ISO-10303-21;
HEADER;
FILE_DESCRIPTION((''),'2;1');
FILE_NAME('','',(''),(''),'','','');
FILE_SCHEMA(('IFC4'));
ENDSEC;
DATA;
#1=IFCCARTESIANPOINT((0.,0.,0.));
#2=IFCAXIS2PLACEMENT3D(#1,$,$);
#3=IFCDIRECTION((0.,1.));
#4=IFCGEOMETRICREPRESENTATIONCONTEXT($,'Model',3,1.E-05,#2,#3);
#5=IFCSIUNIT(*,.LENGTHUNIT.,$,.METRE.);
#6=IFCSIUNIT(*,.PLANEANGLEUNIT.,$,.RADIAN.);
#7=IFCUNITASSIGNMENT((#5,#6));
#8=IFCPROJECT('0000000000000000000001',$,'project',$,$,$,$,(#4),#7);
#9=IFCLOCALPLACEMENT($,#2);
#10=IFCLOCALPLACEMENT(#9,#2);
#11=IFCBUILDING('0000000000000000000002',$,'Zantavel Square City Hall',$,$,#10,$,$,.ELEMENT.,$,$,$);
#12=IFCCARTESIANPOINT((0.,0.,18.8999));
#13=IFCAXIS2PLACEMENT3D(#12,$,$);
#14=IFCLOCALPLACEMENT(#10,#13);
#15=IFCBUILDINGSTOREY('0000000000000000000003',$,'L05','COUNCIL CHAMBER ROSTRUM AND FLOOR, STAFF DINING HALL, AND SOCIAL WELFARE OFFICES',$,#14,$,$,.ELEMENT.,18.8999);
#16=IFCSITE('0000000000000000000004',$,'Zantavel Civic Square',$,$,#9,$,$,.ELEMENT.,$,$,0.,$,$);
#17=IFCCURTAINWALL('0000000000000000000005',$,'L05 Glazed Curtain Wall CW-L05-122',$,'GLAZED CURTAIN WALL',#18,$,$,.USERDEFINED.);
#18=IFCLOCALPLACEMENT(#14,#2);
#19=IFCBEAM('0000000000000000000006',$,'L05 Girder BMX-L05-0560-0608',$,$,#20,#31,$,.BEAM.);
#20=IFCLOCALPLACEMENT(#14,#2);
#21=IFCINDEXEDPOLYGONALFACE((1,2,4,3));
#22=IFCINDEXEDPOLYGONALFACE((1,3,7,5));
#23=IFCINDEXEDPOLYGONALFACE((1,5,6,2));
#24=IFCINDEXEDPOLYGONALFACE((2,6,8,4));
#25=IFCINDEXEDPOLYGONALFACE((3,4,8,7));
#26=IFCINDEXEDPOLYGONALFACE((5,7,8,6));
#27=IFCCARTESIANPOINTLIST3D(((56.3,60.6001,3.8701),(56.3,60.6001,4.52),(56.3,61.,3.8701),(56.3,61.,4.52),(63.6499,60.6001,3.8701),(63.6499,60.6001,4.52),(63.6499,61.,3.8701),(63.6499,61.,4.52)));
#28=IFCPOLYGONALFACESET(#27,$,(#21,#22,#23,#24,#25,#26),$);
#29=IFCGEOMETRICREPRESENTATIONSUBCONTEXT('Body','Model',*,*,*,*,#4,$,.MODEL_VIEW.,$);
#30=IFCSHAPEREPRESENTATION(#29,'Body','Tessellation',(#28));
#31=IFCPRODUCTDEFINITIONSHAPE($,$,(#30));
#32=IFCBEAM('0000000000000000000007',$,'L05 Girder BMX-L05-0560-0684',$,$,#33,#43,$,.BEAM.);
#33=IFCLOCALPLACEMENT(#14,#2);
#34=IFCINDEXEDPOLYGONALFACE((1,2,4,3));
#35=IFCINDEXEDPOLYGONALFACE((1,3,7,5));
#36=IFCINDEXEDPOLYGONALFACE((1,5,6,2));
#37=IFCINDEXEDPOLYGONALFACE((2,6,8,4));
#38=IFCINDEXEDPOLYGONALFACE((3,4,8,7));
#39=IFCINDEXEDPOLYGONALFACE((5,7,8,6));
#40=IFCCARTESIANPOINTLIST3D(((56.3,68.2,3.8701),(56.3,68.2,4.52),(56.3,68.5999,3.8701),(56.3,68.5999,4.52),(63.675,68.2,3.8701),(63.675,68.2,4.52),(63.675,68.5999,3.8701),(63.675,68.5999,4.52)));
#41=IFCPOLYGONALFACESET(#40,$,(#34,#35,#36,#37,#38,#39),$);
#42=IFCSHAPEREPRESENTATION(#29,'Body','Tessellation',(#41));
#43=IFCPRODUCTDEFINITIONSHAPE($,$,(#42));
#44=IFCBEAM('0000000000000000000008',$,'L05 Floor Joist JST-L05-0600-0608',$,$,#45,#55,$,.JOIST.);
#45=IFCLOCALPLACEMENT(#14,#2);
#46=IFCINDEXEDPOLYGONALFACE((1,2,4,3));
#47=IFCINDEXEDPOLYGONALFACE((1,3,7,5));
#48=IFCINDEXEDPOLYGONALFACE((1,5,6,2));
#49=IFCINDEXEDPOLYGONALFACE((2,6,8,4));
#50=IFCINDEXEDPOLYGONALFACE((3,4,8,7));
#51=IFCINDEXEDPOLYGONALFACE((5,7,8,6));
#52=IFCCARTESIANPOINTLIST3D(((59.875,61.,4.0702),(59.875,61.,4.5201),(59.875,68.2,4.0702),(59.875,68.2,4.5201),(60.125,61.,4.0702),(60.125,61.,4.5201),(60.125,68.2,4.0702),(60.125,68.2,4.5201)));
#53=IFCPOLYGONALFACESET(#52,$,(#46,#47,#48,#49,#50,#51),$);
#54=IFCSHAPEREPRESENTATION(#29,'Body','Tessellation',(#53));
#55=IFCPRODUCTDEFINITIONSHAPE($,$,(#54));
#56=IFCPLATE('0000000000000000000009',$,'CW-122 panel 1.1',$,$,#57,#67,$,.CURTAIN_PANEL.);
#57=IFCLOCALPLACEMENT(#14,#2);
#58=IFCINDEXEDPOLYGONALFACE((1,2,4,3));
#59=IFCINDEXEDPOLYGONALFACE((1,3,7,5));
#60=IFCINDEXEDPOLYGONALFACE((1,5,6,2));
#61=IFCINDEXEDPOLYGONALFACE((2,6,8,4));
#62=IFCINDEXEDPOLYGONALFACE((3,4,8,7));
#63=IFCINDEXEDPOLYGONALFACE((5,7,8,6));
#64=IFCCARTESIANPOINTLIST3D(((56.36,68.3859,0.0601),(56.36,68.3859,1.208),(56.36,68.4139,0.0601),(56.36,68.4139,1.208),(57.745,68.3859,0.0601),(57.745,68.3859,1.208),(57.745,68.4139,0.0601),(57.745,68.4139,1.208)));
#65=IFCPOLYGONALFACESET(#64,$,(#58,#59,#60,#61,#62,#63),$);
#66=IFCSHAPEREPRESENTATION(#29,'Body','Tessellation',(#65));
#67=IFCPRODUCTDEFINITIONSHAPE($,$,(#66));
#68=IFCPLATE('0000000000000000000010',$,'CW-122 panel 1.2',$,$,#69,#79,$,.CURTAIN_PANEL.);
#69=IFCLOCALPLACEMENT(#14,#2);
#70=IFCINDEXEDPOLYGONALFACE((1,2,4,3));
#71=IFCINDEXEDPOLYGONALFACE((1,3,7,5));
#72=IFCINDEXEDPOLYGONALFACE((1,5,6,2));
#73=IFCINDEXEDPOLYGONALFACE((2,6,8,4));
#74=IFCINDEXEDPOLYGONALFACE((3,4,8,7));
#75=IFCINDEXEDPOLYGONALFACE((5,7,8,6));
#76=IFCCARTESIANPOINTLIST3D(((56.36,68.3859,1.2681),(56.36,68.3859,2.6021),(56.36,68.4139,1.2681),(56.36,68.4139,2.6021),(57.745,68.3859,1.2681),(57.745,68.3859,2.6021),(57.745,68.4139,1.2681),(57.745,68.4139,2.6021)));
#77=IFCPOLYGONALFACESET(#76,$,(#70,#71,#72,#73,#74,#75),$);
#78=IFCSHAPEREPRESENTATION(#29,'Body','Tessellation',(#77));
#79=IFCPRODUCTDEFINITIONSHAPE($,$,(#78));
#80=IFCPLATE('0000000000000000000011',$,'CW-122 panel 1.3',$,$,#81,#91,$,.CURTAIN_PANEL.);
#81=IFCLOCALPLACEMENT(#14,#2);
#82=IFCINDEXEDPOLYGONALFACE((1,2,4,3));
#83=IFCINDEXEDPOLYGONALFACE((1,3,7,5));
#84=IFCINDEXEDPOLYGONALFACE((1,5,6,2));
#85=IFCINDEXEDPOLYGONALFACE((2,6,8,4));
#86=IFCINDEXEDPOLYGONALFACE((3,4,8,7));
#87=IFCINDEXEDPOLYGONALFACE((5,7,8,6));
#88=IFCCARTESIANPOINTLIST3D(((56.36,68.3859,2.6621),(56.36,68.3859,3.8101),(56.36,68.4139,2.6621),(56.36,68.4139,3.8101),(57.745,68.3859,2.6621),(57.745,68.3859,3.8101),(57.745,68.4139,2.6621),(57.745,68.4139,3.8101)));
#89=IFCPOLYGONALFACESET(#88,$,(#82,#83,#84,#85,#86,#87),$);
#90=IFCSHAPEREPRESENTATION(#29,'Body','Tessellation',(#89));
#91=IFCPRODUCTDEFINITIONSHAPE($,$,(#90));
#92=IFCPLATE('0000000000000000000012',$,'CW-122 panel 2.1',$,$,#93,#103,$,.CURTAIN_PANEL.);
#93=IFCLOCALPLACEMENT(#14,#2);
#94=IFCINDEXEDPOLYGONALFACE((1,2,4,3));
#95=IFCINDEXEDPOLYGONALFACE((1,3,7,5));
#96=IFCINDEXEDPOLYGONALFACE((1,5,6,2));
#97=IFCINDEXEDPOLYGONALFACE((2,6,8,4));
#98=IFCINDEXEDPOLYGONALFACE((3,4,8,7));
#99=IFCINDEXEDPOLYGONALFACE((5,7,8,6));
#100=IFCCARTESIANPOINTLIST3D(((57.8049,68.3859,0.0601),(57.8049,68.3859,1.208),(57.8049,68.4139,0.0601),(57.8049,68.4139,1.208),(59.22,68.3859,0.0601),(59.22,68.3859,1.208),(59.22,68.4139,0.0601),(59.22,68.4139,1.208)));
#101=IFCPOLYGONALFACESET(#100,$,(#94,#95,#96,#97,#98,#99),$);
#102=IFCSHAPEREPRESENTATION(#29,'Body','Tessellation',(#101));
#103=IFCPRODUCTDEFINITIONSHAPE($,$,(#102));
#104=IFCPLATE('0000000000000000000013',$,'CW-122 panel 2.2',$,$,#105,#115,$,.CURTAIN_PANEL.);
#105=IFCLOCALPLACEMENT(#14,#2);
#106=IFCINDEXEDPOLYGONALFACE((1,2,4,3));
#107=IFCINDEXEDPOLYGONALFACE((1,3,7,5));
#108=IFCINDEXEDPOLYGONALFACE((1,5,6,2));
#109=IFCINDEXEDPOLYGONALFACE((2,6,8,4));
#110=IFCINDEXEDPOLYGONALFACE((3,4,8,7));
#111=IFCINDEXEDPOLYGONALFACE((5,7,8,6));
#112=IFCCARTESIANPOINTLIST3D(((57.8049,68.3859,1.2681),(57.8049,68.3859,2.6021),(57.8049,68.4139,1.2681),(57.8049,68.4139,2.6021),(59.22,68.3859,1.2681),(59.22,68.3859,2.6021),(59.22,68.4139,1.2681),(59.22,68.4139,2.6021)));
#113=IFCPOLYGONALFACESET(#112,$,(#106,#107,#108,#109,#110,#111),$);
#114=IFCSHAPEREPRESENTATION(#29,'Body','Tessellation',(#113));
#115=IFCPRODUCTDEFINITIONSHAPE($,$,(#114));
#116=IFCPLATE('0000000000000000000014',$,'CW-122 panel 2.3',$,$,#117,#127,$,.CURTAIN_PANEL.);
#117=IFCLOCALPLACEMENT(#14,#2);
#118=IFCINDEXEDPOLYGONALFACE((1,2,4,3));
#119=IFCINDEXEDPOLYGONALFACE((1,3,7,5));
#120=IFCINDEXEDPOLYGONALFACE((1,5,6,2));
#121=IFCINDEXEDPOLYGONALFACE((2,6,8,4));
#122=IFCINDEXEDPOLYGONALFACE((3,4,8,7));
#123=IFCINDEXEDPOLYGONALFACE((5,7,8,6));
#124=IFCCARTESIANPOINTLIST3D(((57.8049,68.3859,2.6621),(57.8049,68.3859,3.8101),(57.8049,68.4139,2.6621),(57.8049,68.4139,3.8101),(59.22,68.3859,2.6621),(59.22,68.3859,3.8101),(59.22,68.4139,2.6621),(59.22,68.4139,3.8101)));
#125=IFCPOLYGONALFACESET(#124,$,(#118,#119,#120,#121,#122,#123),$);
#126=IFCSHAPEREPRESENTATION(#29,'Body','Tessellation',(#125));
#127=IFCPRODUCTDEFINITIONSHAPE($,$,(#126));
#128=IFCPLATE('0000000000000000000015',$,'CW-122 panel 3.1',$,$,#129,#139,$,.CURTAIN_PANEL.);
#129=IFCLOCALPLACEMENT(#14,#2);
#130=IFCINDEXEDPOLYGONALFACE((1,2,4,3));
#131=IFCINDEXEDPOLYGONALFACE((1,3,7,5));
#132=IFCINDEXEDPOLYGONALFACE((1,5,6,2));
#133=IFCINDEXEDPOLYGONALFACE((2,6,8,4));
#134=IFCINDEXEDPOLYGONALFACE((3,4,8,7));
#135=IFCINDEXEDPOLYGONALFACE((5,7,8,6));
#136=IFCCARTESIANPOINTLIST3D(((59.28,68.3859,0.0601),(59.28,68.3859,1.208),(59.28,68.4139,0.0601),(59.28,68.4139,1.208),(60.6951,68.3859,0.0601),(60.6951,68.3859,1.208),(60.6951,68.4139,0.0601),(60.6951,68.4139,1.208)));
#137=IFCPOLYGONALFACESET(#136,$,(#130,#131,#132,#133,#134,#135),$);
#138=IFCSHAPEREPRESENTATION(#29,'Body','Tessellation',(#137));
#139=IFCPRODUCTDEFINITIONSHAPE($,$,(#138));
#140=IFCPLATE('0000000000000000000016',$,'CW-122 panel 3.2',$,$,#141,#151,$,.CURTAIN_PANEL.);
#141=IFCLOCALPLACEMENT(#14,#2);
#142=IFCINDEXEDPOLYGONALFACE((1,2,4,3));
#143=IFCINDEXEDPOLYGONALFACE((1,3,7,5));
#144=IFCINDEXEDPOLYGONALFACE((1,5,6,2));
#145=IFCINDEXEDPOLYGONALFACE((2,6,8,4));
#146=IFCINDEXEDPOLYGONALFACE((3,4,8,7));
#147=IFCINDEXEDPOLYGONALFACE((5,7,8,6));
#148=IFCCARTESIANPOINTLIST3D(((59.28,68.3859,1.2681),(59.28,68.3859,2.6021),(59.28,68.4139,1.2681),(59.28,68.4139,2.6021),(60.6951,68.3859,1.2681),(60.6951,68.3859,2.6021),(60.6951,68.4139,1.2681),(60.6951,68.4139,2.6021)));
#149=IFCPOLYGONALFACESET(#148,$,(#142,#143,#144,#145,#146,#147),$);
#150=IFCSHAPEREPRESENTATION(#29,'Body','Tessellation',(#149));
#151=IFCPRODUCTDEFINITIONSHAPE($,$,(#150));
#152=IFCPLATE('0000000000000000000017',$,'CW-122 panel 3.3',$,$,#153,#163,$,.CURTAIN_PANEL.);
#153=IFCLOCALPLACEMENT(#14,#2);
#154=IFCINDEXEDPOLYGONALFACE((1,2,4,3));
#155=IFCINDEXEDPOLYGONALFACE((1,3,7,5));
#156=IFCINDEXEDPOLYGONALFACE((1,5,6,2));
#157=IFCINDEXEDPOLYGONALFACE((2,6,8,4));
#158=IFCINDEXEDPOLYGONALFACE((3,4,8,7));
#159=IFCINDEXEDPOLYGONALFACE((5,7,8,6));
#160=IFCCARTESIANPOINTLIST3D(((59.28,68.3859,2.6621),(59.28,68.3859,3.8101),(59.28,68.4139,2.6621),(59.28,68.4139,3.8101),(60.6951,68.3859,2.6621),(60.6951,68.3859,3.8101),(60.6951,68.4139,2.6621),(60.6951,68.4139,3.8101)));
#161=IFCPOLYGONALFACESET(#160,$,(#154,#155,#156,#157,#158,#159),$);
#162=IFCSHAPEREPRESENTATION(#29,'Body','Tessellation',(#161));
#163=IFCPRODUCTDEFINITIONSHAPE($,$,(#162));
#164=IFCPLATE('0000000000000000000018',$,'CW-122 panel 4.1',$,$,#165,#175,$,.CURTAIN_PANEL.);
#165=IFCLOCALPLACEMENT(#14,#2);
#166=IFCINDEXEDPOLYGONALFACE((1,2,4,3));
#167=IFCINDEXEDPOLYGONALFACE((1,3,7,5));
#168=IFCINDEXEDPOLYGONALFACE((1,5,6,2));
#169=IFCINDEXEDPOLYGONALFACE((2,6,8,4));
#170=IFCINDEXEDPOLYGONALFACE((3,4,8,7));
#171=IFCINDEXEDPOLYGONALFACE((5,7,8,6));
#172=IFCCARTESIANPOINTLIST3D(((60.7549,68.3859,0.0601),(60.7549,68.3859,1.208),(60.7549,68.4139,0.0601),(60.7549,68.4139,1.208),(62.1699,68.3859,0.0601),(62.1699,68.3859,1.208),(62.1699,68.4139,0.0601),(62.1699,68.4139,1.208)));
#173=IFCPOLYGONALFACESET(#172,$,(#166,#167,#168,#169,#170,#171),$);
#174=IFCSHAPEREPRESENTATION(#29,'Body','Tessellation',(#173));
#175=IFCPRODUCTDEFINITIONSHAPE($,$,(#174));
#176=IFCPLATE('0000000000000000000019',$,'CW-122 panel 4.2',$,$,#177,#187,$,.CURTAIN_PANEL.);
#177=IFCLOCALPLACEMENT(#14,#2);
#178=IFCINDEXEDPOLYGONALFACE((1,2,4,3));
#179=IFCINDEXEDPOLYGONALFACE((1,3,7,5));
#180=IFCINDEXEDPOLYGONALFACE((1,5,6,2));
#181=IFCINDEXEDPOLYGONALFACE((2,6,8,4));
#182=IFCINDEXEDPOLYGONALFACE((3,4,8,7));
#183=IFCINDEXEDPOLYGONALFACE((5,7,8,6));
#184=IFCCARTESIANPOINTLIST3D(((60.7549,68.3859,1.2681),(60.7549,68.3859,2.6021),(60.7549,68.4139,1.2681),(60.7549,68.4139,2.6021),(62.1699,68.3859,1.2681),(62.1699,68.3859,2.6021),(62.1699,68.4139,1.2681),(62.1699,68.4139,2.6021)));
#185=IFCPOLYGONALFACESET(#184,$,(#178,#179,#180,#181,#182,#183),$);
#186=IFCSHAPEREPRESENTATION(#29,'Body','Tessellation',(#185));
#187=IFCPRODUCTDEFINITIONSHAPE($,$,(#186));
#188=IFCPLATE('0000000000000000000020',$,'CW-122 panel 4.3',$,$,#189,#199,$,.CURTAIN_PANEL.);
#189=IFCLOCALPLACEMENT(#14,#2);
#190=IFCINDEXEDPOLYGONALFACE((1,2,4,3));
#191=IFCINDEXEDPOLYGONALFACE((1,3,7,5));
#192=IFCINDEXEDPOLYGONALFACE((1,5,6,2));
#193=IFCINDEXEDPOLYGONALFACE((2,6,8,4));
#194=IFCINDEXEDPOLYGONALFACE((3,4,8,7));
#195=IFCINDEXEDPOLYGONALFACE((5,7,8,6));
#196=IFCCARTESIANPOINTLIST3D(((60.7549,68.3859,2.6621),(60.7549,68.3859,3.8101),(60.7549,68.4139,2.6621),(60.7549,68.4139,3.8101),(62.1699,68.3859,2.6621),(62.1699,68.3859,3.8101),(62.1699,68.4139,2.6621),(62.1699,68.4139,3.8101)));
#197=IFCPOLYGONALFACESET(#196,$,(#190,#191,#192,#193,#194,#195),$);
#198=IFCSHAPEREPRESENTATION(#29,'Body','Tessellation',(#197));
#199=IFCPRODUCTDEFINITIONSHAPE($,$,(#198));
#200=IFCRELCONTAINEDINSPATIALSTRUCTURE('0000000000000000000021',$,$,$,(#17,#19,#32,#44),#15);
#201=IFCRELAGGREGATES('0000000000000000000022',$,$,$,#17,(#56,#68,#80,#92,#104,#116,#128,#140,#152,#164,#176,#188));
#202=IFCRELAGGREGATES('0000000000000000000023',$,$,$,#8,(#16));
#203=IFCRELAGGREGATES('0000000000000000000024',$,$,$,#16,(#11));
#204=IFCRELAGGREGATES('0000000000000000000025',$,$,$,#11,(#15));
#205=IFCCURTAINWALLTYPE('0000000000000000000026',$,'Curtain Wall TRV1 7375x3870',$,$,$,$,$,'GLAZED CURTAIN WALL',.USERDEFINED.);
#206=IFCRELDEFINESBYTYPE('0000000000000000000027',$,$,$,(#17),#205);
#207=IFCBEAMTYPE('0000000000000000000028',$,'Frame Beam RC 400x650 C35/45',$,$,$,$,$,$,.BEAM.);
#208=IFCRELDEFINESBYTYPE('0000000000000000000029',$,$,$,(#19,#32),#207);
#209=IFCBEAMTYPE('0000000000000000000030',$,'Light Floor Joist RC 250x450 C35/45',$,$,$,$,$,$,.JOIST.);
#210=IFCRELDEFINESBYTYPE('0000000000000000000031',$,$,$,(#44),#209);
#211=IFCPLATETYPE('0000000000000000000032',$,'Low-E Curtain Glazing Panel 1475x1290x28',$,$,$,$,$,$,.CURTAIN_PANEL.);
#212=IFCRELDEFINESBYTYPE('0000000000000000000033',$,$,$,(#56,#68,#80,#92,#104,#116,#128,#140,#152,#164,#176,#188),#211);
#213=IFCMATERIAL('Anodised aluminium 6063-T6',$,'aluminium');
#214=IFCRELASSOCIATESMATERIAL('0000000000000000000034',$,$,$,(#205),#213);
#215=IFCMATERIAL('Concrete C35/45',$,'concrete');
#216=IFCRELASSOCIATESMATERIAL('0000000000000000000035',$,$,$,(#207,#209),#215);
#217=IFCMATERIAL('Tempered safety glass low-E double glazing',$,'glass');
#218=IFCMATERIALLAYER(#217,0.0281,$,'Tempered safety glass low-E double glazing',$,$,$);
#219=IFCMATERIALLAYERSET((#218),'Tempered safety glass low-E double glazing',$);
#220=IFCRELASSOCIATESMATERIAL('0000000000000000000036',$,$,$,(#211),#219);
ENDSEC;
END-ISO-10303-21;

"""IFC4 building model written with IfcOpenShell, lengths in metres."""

from ifc_helpers import new_model, si_unit, direction, frame, origin, origin_2d, place, context, subcontext, project, spatial, rectangle, extrude, material, layer, layer_set, material_profile, profile_set, type_object, element, aggregate, save


model = new_model("IFC4")

# Units and contexts
model_context = context("Model", 3, precision=1e-05, world=origin(), true_north=direction((0.0, 1.0)))
body_context = subcontext(model_context, "Body", "Model", "MODEL_VIEW")
ifc_project = project(units=[si_unit("LENGTHUNIT", "METRE"), si_unit("PLANEANGLEUNIT", "RADIAN")], contexts=[model_context])

# Site, building, storey
site_placement = place(None, origin())
site = spatial("IfcSite", under=ifc_project, at=site_placement, Name="Zantavel Civic Square", CompositionType="ELEMENT", RefElevation=0.0)
building_placement = place(site_placement, origin())
building = spatial("IfcBuilding", under=site, at=building_placement, Name="Zantavel Square City Hall", CompositionType="ELEMENT")
storey_placement = place(building_placement, frame((0.0, 0.0, 18.8999)))
storey = spatial("IfcBuildingStorey", under=building, at=storey_placement, Name="L05", Description="COUNCIL CHAMBER ROSTRUM AND FLOOR, STAFF DINING HALL, AND SOCIAL WELFARE OFFICES", CompositionType="ELEMENT", Elevation=18.8999)

# Curtain wall
ifc_material_1 = material(Name="Anodised aluminium 6063-T6", Category="aluminium")
curtain_wall_type = type_object("IfcCurtainWallType", Name="Curtain Wall TRV1 7375x3870", ElementType="GLAZED CURTAIN WALL", PredefinedType="USERDEFINED", material=ifc_material_1)
curtain_wall_placement = place(storey_placement, origin())
curtain_wall = element("IfcCurtainWall", 1, at=curtain_wall_placement, inside=storey, type_object=curtain_wall_type, Name="L05 Glazed Curtain Wall CW-L05-122", ObjectType="GLAZED CURTAIN WALL", PredefinedType="USERDEFINED")

# Beams
ifc_material_2 = material(Name="Concrete C35/45", Category="concrete")
ifc_material_profile_1 = material_profile(ifc_material_2, rectangle(XDim=0.3999, YDim=0.6499, at=origin_2d()), Name="RC 400x650")
ifc_profile_set_1 = profile_set([ifc_material_profile_1], Name="Concrete C35/45")
beam_type_1 = type_object("IfcBeamType", Name="Frame Beam RC 400x650 C35/45", PredefinedType="BEAM", material=ifc_profile_set_1)
beam_1_placement = place(storey_placement, frame((56.3, 60.8, 4.1951), z_axis=(1.0, 0.0, 0.0), x_axis=(0.0, 1.0, 0.0)))
element("IfcBeam", 2, at=beam_1_placement, inside=storey, type_object=beam_type_1, Name="L05 Girder BMX-L05-0560-0608", PredefinedType="BEAM", context=body_context, shape_type="SweptSolid", body=[
    extrude(rectangle(XDim=0.3999, YDim=0.6499, at=origin_2d()), origin(), (0.0, 0.0, 1.0), 7.3499),
])
beam_2_placement = place(storey_placement, frame((56.3, 68.3999, 4.1951), z_axis=(1.0, 0.0, 0.0), x_axis=(0.0, 1.0, 0.0)))
element("IfcBeam", 3, at=beam_2_placement, inside=storey, type_object=beam_type_1, Name="L05 Girder BMX-L05-0560-0684", PredefinedType="BEAM", context=body_context, shape_type="SweptSolid", body=[
    extrude(rectangle(XDim=0.3999, YDim=0.6499, at=origin_2d()), origin(), (0.0, 0.0, 1.0), 7.375),
])
ifc_material_profile_2 = material_profile(ifc_material_2, rectangle(XDim=0.25, YDim=0.45, at=origin_2d()), Name="RC 250x450")
ifc_profile_set_2 = profile_set([ifc_material_profile_2], Name="Concrete C35/45")
beam_type_2 = type_object("IfcBeamType", Name="Light Floor Joist RC 250x450 C35/45", PredefinedType="JOIST", material=ifc_profile_set_2)
beam_3_placement = place(storey_placement, frame((60.0, 61.0, 4.2952), z_axis=(0.0, 1.0, 0.0), x_axis=(-1.0, 0.0, 0.0)))
element("IfcBeam", 4, at=beam_3_placement, inside=storey, type_object=beam_type_2, Name="L05 Floor Joist JST-L05-0600-0608", PredefinedType="JOIST", context=body_context, shape_type="SweptSolid", body=[
    extrude(rectangle(XDim=0.25, YDim=0.45, at=origin_2d()), origin(), (0.0, 0.0, 1.0), 7.2),
])

# Plates
ifc_material_3 = material(Name="Tempered safety glass low-E double glazing", Category="glass")
ifc_layer = layer(ifc_material_3, 0.0281, Name="Tempered safety glass low-E double glazing")
ifc_layer_set = layer_set([ifc_layer], Name="Tempered safety glass low-E double glazing")
plate_type = type_object("IfcPlateType", Name="Low-E Curtain Glazing Panel 1475x1290x28", PredefinedType="CURTAIN_PANEL", material=ifc_layer_set)
plate_1_placement = place(storey_placement, frame((57.0525, 68.3999, 0.0601), z_axis=(0.0, 0.0, 1.0), x_axis=(1.0, 0.0, 0.0)))
plate_1 = element("IfcPlate", 5, at=plate_1_placement, type_object=plate_type, Name="CW-122 panel 1.1", PredefinedType="CURTAIN_PANEL", context=body_context, shape_type="SweptSolid", body=[
    extrude(rectangle(XDim=1.385, YDim=0.0281, at=origin_2d()), origin(), (0.0, 0.0, 1.0), 1.1479),
])
plate_2_placement = place(storey_placement, frame((57.0525, 68.3999, 1.2681), z_axis=(0.0, 0.0, 1.0), x_axis=(1.0, 0.0, 0.0)))
plate_2 = element("IfcPlate", 6, at=plate_2_placement, type_object=plate_type, Name="CW-122 panel 1.2", PredefinedType="CURTAIN_PANEL", context=body_context, shape_type="SweptSolid", body=[
    extrude(rectangle(XDim=1.385, YDim=0.0281, at=origin_2d()), origin(), (0.0, 0.0, 1.0), 1.334),
])
plate_3_placement = place(storey_placement, frame((57.0525, 68.3999, 2.6621), z_axis=(0.0, 0.0, 1.0), x_axis=(1.0, 0.0, 0.0)))
plate_3 = element("IfcPlate", 7, at=plate_3_placement, type_object=plate_type, Name="CW-122 panel 1.3", PredefinedType="CURTAIN_PANEL", context=body_context, shape_type="SweptSolid", body=[
    extrude(rectangle(XDim=1.385, YDim=0.0281, at=origin_2d()), origin(), (0.0, 0.0, 1.0), 1.1479),
])
plate_4_placement = place(storey_placement, frame((58.5125, 68.3999, 0.0601), z_axis=(0.0, 0.0, 1.0), x_axis=(1.0, 0.0, 0.0)))
plate_4 = element("IfcPlate", 8, at=plate_4_placement, type_object=plate_type, Name="CW-122 panel 2.1", PredefinedType="CURTAIN_PANEL", context=body_context, shape_type="SweptSolid", body=[
    extrude(rectangle(XDim=1.415, YDim=0.0281, at=origin_2d()), origin(), (0.0, 0.0, 1.0), 1.1479),
])
plate_5_placement = place(storey_placement, frame((58.5125, 68.3999, 1.2681), z_axis=(0.0, 0.0, 1.0), x_axis=(1.0, 0.0, 0.0)))
plate_5 = element("IfcPlate", 9, at=plate_5_placement, type_object=plate_type, Name="CW-122 panel 2.2", PredefinedType="CURTAIN_PANEL", context=body_context, shape_type="SweptSolid", body=[
    extrude(rectangle(XDim=1.415, YDim=0.0281, at=origin_2d()), origin(), (0.0, 0.0, 1.0), 1.334),
])
plate_6_placement = place(storey_placement, frame((58.5125, 68.3999, 2.6621), z_axis=(0.0, 0.0, 1.0), x_axis=(1.0, 0.0, 0.0)))
plate_6 = element("IfcPlate", 10, at=plate_6_placement, type_object=plate_type, Name="CW-122 panel 2.3", PredefinedType="CURTAIN_PANEL", context=body_context, shape_type="SweptSolid", body=[
    extrude(rectangle(XDim=1.415, YDim=0.0281, at=origin_2d()), origin(), (0.0, 0.0, 1.0), 1.1479),
])
plate_7_placement = place(storey_placement, frame((59.9875, 68.3999, 0.0601), z_axis=(0.0, 0.0, 1.0), x_axis=(1.0, 0.0, 0.0)))
plate_7 = element("IfcPlate", 11, at=plate_7_placement, type_object=plate_type, Name="CW-122 panel 3.1", PredefinedType="CURTAIN_PANEL", context=body_context, shape_type="SweptSolid", body=[
    extrude(rectangle(XDim=1.415, YDim=0.0281, at=origin_2d()), origin(), (0.0, 0.0, 1.0), 1.1479),
])
plate_8_placement = place(storey_placement, frame((59.9875, 68.3999, 1.2681), z_axis=(0.0, 0.0, 1.0), x_axis=(1.0, 0.0, 0.0)))
plate_8 = element("IfcPlate", 12, at=plate_8_placement, type_object=plate_type, Name="CW-122 panel 3.2", PredefinedType="CURTAIN_PANEL", context=body_context, shape_type="SweptSolid", body=[
    extrude(rectangle(XDim=1.415, YDim=0.0281, at=origin_2d()), origin(), (0.0, 0.0, 1.0), 1.334),
])
plate_9_placement = place(storey_placement, frame((59.9875, 68.3999, 2.6621), z_axis=(0.0, 0.0, 1.0), x_axis=(1.0, 0.0, 0.0)))
plate_9 = element("IfcPlate", 13, at=plate_9_placement, type_object=plate_type, Name="CW-122 panel 3.3", PredefinedType="CURTAIN_PANEL", context=body_context, shape_type="SweptSolid", body=[
    extrude(rectangle(XDim=1.415, YDim=0.0281, at=origin_2d()), origin(), (0.0, 0.0, 1.0), 1.1479),
])
plate_10_placement = place(storey_placement, frame((61.4624, 68.3999, 0.0601), z_axis=(0.0, 0.0, 1.0), x_axis=(1.0, 0.0, 0.0)))
plate_10 = element("IfcPlate", 14, at=plate_10_placement, type_object=plate_type, Name="CW-122 panel 4.1", PredefinedType="CURTAIN_PANEL", context=body_context, shape_type="SweptSolid", body=[
    extrude(rectangle(XDim=1.415, YDim=0.0281, at=origin_2d()), origin(), (0.0, 0.0, 1.0), 1.1479),
])
plate_11_placement = place(storey_placement, frame((61.4624, 68.3999, 1.2681), z_axis=(0.0, 0.0, 1.0), x_axis=(1.0, 0.0, 0.0)))
plate_11 = element("IfcPlate", 15, at=plate_11_placement, type_object=plate_type, Name="CW-122 panel 4.2", PredefinedType="CURTAIN_PANEL", context=body_context, shape_type="SweptSolid", body=[
    extrude(rectangle(XDim=1.415, YDim=0.0281, at=origin_2d()), origin(), (0.0, 0.0, 1.0), 1.334),
])
plate_12_placement = place(storey_placement, frame((61.4624, 68.3999, 2.6621), z_axis=(0.0, 0.0, 1.0), x_axis=(1.0, 0.0, 0.0)))
plate_12 = element("IfcPlate", 16, at=plate_12_placement, type_object=plate_type, Name="CW-122 panel 4.3", PredefinedType="CURTAIN_PANEL", context=body_context, shape_type="SweptSolid", body=[
    extrude(rectangle(XDim=1.415, YDim=0.0281, at=origin_2d()), origin(), (0.0, 0.0, 1.0), 1.1479),
])
aggregate(curtain_wall, [plate_1, plate_2, plate_3, plate_4, plate_5, plate_6, plate_7, plate_8, plate_9, plate_10, plate_11, plate_12])

save(model, "model.ifc")
